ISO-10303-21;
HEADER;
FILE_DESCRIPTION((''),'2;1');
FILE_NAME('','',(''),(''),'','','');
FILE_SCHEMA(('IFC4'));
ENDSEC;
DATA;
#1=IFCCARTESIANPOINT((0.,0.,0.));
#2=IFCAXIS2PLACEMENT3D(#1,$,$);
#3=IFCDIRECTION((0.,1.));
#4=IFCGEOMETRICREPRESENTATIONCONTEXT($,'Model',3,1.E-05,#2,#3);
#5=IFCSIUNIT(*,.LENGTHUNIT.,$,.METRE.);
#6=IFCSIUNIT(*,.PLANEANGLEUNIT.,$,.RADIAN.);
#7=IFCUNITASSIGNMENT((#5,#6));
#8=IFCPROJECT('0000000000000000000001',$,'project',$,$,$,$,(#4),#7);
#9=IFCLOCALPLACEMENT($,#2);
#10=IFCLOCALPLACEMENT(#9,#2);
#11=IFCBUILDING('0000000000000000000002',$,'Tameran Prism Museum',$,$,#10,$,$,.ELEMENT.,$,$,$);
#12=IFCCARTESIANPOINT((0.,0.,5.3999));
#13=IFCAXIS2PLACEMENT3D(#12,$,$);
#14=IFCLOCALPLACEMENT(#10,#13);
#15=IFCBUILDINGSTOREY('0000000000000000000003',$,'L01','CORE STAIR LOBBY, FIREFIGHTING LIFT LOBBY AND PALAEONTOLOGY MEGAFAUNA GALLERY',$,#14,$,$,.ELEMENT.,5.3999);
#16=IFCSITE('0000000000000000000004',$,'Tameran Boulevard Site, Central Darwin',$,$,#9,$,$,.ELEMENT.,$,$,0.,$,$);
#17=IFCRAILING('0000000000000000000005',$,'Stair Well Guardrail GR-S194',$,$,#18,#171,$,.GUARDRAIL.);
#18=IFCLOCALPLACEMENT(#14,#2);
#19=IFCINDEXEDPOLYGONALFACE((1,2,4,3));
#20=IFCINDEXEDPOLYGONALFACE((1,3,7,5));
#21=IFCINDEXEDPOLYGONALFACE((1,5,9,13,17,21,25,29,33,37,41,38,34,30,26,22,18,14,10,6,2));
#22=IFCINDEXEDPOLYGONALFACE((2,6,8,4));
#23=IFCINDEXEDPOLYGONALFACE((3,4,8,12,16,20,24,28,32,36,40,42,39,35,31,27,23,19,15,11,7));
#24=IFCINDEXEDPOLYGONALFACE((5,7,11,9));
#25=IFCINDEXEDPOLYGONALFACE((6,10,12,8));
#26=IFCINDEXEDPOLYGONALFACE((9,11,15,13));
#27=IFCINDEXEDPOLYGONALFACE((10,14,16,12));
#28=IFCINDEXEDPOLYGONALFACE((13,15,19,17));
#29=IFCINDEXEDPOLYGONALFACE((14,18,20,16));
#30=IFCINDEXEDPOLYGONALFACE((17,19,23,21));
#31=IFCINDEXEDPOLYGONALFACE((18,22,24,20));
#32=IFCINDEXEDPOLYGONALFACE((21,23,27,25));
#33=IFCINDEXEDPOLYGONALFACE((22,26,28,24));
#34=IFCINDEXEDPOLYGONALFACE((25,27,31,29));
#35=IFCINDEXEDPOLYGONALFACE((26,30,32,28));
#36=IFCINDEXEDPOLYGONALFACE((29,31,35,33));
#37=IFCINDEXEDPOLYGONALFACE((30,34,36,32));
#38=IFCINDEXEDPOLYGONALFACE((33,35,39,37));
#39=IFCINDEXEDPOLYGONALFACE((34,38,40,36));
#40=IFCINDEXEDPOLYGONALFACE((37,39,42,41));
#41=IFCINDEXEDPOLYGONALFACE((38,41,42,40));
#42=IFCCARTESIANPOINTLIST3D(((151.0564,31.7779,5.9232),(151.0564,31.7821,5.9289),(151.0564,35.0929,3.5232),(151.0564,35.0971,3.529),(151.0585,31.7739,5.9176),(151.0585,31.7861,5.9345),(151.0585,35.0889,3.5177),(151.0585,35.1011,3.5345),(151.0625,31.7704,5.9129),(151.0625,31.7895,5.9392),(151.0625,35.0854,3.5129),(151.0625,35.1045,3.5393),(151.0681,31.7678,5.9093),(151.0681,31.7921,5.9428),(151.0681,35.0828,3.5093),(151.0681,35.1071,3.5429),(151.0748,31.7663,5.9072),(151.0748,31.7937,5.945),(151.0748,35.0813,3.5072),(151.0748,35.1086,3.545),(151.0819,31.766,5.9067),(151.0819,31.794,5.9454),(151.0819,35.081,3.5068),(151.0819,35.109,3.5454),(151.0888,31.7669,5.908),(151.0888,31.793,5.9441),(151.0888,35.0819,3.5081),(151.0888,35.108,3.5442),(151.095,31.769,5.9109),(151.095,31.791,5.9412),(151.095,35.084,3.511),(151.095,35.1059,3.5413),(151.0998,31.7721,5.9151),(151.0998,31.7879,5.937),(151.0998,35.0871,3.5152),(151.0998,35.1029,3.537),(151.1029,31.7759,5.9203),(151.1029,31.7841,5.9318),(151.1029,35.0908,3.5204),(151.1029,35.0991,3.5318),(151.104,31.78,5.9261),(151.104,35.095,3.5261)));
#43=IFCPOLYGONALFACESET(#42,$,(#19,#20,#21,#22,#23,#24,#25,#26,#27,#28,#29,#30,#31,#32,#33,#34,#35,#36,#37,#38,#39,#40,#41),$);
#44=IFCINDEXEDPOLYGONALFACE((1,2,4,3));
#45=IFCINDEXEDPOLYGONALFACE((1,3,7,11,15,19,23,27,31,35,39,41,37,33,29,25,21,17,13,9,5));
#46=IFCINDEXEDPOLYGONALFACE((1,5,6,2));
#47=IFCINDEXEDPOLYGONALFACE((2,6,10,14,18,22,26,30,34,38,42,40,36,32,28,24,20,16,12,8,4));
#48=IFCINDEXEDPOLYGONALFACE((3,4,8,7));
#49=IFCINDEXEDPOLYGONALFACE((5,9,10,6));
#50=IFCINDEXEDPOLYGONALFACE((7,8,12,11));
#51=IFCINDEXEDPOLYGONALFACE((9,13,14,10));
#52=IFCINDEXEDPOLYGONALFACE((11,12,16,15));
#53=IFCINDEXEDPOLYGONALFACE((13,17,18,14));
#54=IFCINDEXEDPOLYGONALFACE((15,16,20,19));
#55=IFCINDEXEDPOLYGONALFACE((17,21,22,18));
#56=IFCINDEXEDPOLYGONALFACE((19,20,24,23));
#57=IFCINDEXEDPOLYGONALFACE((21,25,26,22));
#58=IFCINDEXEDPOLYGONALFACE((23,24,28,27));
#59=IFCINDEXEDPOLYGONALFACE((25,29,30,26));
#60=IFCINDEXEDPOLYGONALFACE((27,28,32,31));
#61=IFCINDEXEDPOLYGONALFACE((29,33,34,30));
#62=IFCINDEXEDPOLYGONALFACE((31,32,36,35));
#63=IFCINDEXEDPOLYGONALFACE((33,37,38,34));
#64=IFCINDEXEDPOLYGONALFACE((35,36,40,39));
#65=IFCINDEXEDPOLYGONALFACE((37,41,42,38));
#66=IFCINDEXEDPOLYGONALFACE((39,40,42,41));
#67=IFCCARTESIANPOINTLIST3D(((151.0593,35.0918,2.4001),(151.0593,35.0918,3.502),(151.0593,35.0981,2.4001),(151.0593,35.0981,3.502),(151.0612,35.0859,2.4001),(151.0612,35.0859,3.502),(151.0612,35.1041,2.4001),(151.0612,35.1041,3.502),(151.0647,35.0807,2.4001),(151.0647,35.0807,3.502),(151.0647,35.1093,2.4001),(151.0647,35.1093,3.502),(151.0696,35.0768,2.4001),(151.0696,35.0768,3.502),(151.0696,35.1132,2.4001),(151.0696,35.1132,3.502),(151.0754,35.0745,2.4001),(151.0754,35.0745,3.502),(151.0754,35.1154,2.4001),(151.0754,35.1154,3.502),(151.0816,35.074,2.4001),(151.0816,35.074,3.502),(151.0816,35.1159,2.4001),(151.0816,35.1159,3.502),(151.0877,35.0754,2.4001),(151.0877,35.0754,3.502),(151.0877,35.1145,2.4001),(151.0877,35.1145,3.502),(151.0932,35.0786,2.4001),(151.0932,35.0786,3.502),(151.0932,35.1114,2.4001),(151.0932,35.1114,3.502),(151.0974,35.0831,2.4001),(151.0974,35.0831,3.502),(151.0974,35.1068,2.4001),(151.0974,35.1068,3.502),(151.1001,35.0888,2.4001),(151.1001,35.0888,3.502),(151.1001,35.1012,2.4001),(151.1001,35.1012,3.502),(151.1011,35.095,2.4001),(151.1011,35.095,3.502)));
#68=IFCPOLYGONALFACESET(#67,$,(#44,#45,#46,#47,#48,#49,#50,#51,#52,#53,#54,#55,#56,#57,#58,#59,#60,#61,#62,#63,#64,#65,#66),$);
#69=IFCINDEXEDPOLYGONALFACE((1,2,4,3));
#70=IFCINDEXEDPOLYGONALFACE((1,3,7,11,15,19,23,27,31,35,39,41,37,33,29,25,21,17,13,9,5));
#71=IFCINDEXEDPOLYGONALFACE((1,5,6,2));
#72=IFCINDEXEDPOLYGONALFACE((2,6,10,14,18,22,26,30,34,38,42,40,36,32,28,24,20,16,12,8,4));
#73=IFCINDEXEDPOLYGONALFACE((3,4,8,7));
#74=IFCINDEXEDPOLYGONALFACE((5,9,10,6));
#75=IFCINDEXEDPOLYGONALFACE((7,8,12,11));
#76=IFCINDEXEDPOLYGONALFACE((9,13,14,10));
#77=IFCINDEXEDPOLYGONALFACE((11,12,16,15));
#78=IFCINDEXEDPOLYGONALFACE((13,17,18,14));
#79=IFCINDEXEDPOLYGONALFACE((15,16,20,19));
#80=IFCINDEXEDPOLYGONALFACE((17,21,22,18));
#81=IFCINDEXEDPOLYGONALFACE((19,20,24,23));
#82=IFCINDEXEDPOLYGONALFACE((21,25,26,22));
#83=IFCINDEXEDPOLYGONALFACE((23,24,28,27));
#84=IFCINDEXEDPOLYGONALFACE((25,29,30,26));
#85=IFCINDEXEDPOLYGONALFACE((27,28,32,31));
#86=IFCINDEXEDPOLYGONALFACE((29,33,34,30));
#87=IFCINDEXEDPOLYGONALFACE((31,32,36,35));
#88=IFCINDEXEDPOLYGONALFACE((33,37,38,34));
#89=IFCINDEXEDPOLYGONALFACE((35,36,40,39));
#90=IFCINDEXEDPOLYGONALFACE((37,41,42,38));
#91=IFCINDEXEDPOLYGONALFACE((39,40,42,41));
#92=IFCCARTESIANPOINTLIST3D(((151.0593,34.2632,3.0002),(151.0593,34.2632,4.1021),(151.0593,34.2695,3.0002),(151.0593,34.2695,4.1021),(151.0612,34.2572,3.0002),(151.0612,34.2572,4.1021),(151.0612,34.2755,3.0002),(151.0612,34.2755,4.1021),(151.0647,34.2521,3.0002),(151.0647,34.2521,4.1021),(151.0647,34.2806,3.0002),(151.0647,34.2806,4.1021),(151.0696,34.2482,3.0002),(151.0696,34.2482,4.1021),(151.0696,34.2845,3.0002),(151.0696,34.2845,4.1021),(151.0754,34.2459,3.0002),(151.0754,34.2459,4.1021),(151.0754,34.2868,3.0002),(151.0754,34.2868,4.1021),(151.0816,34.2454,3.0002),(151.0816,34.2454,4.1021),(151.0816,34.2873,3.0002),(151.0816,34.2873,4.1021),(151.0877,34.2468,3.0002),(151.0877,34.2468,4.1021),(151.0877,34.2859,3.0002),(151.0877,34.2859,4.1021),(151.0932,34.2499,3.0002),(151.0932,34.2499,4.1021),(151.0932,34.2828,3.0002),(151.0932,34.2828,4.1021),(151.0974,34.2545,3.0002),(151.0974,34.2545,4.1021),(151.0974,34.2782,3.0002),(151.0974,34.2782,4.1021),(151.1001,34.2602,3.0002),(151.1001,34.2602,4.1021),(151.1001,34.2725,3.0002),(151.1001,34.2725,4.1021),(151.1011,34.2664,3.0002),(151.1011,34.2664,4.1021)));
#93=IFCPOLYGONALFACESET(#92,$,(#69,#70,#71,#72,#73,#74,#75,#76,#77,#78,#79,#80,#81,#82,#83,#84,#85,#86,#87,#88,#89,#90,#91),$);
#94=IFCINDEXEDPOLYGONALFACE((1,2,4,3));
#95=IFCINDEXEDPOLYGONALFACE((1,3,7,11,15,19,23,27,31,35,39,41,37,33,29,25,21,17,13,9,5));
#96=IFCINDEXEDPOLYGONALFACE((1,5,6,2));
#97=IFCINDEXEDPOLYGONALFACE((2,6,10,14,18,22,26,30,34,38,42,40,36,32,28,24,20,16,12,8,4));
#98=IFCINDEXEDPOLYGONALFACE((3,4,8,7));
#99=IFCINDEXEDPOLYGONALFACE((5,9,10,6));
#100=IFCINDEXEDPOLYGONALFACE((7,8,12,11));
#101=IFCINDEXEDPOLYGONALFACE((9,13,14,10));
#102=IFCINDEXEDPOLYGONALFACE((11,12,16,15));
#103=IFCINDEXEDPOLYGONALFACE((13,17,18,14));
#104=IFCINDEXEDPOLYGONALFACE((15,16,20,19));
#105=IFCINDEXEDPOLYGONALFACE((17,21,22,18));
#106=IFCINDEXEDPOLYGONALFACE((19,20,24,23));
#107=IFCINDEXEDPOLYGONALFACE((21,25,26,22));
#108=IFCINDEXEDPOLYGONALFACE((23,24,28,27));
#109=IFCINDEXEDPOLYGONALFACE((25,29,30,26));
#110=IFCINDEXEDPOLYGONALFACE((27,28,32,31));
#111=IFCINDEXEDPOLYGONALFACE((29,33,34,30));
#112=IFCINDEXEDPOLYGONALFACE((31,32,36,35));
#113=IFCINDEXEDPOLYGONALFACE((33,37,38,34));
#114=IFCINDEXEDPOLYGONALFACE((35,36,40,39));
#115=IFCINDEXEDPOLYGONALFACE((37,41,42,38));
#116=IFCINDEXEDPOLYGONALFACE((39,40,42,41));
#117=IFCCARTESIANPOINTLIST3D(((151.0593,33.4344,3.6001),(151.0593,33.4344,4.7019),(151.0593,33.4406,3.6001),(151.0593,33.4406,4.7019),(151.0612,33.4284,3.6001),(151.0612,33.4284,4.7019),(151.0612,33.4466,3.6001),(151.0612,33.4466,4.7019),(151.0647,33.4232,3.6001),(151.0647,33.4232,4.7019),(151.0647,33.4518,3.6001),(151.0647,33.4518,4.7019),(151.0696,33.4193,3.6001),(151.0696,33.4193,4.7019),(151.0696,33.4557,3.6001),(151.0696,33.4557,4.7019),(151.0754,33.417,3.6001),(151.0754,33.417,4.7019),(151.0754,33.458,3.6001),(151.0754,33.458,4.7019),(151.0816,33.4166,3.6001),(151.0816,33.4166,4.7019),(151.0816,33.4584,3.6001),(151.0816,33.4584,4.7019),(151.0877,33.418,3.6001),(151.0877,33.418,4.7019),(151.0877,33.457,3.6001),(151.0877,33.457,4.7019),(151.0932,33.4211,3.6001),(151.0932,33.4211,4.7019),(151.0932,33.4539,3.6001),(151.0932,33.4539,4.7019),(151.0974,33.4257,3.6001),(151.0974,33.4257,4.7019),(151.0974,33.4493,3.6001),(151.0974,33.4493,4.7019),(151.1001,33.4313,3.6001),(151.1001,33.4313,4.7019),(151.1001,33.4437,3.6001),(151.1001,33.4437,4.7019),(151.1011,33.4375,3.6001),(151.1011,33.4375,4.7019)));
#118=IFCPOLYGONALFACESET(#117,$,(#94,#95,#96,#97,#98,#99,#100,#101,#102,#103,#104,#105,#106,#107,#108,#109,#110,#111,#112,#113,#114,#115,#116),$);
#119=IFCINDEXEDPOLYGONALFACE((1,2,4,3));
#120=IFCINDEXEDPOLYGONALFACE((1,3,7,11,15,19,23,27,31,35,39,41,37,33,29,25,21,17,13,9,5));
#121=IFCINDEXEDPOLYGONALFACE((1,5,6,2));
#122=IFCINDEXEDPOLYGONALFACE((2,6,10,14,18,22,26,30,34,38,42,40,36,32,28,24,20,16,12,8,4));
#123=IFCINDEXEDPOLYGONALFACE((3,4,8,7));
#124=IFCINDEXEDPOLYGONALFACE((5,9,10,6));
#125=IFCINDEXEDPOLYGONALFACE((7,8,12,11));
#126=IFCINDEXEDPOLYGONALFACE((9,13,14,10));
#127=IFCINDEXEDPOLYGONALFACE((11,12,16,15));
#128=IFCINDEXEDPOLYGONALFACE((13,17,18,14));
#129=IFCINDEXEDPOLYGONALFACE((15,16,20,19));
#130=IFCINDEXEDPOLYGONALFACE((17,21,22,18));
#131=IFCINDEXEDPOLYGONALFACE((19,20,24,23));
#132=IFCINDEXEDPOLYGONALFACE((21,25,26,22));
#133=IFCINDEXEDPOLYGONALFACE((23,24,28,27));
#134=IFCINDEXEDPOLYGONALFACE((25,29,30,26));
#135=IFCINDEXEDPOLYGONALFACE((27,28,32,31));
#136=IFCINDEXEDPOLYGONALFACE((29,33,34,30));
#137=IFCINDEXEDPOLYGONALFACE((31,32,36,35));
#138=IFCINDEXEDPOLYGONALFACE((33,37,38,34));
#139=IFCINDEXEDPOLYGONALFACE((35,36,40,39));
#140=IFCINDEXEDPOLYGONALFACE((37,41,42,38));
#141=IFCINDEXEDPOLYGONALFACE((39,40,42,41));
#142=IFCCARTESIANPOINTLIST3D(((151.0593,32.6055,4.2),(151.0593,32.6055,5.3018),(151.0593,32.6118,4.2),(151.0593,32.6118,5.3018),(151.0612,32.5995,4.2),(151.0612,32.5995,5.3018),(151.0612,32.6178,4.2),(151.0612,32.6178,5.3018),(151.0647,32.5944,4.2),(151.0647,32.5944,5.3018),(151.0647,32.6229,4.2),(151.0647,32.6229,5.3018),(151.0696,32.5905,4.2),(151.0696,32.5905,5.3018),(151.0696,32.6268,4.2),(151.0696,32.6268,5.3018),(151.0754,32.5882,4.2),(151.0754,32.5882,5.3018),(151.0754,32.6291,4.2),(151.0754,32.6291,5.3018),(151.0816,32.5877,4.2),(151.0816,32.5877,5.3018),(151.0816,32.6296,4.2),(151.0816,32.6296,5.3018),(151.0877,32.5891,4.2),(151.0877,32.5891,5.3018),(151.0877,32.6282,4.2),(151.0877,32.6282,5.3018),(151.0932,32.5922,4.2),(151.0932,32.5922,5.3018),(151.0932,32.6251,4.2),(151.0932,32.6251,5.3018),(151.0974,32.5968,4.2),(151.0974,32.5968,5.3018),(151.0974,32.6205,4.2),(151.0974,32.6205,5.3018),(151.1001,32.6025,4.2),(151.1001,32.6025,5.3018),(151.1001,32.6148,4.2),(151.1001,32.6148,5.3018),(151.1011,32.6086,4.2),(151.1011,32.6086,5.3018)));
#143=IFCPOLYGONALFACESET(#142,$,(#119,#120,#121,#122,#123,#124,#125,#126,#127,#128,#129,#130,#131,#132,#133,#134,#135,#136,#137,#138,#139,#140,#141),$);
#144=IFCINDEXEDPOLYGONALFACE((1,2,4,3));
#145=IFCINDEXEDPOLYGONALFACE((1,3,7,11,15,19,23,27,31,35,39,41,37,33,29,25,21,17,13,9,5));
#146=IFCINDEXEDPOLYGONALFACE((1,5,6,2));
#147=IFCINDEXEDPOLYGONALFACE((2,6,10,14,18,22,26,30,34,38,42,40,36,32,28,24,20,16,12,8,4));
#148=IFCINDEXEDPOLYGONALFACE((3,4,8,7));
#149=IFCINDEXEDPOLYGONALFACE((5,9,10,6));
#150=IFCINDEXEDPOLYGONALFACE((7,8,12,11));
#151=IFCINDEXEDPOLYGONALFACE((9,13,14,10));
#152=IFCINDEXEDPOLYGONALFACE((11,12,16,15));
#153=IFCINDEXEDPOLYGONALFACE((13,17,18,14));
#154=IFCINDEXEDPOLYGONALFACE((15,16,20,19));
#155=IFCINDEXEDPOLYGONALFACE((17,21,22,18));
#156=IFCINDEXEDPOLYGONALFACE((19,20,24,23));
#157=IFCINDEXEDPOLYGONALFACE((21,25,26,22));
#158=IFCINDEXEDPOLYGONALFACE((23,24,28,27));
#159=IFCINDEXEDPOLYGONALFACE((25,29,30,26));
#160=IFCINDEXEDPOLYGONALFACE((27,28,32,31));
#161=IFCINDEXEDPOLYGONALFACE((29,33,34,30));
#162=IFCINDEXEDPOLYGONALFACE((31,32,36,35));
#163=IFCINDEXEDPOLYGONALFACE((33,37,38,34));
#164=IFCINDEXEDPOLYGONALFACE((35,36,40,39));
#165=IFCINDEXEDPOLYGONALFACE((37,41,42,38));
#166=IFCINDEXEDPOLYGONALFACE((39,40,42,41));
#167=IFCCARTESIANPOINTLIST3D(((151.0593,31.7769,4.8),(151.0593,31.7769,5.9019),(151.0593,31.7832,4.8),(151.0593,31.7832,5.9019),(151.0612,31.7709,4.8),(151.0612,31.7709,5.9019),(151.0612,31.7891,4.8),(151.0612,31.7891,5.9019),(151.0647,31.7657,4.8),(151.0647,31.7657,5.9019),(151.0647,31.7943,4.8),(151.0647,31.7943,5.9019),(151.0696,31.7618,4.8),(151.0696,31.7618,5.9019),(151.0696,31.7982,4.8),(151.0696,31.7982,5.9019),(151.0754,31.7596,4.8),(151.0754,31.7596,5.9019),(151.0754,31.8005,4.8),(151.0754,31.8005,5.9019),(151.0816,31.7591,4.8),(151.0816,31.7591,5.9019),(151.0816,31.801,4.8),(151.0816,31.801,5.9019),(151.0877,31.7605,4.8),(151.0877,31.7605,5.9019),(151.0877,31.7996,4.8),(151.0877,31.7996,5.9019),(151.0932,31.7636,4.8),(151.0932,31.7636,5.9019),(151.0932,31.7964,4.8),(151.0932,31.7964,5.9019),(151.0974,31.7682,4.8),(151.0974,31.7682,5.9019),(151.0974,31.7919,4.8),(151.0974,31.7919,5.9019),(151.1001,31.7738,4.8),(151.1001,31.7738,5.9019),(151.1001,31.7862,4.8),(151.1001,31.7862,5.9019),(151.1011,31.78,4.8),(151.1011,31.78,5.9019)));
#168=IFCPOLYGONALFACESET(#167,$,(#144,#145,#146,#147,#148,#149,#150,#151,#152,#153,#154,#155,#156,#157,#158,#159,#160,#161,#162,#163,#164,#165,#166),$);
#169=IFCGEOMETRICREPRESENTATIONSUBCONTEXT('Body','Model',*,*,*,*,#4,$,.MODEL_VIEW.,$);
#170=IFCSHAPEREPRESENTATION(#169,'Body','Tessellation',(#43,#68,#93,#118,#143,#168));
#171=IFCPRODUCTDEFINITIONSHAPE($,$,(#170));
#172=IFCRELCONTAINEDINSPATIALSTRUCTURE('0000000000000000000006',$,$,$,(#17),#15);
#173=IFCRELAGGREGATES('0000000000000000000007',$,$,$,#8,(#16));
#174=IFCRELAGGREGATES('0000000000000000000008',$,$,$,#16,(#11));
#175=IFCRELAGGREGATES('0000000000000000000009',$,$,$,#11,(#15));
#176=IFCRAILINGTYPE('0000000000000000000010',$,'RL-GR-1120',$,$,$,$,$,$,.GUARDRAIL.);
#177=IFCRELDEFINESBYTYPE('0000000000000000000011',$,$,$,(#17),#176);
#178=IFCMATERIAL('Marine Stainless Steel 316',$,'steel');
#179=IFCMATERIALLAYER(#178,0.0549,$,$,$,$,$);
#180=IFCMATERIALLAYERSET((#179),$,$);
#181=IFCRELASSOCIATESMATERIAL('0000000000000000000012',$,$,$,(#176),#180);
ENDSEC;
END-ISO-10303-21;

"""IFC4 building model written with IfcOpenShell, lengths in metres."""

from ifc_helpers import new_model, si_unit, direction, frame, origin, origin_2d, place, context, subcontext, project, spatial, circle, extrude, material, layer, layer_set, type_object, element, save


model = new_model("IFC4")

# Units and contexts
model_context = context("Model", 3, precision=1e-05, world=origin(), true_north=direction((0.0, 1.0)))
body_context = subcontext(model_context, "Body", "Model", "MODEL_VIEW")
ifc_project = project(units=[si_unit("LENGTHUNIT", "METRE"), si_unit("PLANEANGLEUNIT", "RADIAN")], contexts=[model_context])

# Site, building, storey
site_placement = place(None, origin())
site = spatial("IfcSite", under=ifc_project, at=site_placement, Name="Tameran Boulevard Site, Central Darwin", CompositionType="ELEMENT", RefElevation=0.0)
building_placement = place(site_placement, origin())
building = spatial("IfcBuilding", under=site, at=building_placement, Name="Tameran Prism Museum", CompositionType="ELEMENT")
storey_placement = place(building_placement, frame((0.0, 0.0, 5.3999)))
storey = spatial("IfcBuildingStorey", under=building, at=storey_placement, Name="L01", Description="CORE STAIR LOBBY, FIREFIGHTING LIFT LOBBY AND PALAEONTOLOGY MEGAFAUNA GALLERY", CompositionType="ELEMENT", Elevation=5.3999)

# Railing
ifc_material_1 = material(Name="Marine Stainless Steel 316", Category="steel")
ifc_layer_1 = layer(ifc_material_1, 0.0549)
ifc_layer_set_1 = layer_set([ifc_layer_1])
railing_type_1 = type_object("IfcRailingType", Name="RL-GR-1120", PredefinedType="GUARDRAIL", material=ifc_layer_set_1)
railing_1_placement = place(storey_placement, frame((151.0801, 35.095, 2.4001)))
element("IfcRailing", 1, at=railing_1_placement, inside=storey, type_object=railing_type_1, Name="Stair Well Guardrail GR-S194", PredefinedType="GUARDRAIL", context=body_context, shape_type="SweptSolid", body=[
    extrude(circle(Radius=0.0239, at=origin_2d()), frame((0.0, 0.0, 1.126), z_axis=(0.0, -0.810009, 0.586418), x_axis=(1.0, 0.0, 0.0)), (0.0, 0.0, 1.0), 4.0925),
    extrude(circle(Radius=0.021, at=origin_2d()), origin(), (0.0, 0.0, 1.0), 1.1018),
    extrude(circle(Radius=0.021, at=origin_2d()), frame((0.0, -0.8286, 0.6001)), (0.0, 0.0, 1.0), 1.1018),
    extrude(circle(Radius=0.021, at=origin_2d()), frame((0.0, -1.6575, 1.2)), (0.0, 0.0, 1.0), 1.1018),
    extrude(circle(Radius=0.021, at=origin_2d()), frame((0.0, -2.4863, 1.7998)), (0.0, 0.0, 1.0), 1.1018),
    extrude(circle(Radius=0.021, at=origin_2d()), frame((0.0, -3.3149, 2.3999)), (0.0, 0.0, 1.0), 1.1018),
])

save(model, "model.ifc")
